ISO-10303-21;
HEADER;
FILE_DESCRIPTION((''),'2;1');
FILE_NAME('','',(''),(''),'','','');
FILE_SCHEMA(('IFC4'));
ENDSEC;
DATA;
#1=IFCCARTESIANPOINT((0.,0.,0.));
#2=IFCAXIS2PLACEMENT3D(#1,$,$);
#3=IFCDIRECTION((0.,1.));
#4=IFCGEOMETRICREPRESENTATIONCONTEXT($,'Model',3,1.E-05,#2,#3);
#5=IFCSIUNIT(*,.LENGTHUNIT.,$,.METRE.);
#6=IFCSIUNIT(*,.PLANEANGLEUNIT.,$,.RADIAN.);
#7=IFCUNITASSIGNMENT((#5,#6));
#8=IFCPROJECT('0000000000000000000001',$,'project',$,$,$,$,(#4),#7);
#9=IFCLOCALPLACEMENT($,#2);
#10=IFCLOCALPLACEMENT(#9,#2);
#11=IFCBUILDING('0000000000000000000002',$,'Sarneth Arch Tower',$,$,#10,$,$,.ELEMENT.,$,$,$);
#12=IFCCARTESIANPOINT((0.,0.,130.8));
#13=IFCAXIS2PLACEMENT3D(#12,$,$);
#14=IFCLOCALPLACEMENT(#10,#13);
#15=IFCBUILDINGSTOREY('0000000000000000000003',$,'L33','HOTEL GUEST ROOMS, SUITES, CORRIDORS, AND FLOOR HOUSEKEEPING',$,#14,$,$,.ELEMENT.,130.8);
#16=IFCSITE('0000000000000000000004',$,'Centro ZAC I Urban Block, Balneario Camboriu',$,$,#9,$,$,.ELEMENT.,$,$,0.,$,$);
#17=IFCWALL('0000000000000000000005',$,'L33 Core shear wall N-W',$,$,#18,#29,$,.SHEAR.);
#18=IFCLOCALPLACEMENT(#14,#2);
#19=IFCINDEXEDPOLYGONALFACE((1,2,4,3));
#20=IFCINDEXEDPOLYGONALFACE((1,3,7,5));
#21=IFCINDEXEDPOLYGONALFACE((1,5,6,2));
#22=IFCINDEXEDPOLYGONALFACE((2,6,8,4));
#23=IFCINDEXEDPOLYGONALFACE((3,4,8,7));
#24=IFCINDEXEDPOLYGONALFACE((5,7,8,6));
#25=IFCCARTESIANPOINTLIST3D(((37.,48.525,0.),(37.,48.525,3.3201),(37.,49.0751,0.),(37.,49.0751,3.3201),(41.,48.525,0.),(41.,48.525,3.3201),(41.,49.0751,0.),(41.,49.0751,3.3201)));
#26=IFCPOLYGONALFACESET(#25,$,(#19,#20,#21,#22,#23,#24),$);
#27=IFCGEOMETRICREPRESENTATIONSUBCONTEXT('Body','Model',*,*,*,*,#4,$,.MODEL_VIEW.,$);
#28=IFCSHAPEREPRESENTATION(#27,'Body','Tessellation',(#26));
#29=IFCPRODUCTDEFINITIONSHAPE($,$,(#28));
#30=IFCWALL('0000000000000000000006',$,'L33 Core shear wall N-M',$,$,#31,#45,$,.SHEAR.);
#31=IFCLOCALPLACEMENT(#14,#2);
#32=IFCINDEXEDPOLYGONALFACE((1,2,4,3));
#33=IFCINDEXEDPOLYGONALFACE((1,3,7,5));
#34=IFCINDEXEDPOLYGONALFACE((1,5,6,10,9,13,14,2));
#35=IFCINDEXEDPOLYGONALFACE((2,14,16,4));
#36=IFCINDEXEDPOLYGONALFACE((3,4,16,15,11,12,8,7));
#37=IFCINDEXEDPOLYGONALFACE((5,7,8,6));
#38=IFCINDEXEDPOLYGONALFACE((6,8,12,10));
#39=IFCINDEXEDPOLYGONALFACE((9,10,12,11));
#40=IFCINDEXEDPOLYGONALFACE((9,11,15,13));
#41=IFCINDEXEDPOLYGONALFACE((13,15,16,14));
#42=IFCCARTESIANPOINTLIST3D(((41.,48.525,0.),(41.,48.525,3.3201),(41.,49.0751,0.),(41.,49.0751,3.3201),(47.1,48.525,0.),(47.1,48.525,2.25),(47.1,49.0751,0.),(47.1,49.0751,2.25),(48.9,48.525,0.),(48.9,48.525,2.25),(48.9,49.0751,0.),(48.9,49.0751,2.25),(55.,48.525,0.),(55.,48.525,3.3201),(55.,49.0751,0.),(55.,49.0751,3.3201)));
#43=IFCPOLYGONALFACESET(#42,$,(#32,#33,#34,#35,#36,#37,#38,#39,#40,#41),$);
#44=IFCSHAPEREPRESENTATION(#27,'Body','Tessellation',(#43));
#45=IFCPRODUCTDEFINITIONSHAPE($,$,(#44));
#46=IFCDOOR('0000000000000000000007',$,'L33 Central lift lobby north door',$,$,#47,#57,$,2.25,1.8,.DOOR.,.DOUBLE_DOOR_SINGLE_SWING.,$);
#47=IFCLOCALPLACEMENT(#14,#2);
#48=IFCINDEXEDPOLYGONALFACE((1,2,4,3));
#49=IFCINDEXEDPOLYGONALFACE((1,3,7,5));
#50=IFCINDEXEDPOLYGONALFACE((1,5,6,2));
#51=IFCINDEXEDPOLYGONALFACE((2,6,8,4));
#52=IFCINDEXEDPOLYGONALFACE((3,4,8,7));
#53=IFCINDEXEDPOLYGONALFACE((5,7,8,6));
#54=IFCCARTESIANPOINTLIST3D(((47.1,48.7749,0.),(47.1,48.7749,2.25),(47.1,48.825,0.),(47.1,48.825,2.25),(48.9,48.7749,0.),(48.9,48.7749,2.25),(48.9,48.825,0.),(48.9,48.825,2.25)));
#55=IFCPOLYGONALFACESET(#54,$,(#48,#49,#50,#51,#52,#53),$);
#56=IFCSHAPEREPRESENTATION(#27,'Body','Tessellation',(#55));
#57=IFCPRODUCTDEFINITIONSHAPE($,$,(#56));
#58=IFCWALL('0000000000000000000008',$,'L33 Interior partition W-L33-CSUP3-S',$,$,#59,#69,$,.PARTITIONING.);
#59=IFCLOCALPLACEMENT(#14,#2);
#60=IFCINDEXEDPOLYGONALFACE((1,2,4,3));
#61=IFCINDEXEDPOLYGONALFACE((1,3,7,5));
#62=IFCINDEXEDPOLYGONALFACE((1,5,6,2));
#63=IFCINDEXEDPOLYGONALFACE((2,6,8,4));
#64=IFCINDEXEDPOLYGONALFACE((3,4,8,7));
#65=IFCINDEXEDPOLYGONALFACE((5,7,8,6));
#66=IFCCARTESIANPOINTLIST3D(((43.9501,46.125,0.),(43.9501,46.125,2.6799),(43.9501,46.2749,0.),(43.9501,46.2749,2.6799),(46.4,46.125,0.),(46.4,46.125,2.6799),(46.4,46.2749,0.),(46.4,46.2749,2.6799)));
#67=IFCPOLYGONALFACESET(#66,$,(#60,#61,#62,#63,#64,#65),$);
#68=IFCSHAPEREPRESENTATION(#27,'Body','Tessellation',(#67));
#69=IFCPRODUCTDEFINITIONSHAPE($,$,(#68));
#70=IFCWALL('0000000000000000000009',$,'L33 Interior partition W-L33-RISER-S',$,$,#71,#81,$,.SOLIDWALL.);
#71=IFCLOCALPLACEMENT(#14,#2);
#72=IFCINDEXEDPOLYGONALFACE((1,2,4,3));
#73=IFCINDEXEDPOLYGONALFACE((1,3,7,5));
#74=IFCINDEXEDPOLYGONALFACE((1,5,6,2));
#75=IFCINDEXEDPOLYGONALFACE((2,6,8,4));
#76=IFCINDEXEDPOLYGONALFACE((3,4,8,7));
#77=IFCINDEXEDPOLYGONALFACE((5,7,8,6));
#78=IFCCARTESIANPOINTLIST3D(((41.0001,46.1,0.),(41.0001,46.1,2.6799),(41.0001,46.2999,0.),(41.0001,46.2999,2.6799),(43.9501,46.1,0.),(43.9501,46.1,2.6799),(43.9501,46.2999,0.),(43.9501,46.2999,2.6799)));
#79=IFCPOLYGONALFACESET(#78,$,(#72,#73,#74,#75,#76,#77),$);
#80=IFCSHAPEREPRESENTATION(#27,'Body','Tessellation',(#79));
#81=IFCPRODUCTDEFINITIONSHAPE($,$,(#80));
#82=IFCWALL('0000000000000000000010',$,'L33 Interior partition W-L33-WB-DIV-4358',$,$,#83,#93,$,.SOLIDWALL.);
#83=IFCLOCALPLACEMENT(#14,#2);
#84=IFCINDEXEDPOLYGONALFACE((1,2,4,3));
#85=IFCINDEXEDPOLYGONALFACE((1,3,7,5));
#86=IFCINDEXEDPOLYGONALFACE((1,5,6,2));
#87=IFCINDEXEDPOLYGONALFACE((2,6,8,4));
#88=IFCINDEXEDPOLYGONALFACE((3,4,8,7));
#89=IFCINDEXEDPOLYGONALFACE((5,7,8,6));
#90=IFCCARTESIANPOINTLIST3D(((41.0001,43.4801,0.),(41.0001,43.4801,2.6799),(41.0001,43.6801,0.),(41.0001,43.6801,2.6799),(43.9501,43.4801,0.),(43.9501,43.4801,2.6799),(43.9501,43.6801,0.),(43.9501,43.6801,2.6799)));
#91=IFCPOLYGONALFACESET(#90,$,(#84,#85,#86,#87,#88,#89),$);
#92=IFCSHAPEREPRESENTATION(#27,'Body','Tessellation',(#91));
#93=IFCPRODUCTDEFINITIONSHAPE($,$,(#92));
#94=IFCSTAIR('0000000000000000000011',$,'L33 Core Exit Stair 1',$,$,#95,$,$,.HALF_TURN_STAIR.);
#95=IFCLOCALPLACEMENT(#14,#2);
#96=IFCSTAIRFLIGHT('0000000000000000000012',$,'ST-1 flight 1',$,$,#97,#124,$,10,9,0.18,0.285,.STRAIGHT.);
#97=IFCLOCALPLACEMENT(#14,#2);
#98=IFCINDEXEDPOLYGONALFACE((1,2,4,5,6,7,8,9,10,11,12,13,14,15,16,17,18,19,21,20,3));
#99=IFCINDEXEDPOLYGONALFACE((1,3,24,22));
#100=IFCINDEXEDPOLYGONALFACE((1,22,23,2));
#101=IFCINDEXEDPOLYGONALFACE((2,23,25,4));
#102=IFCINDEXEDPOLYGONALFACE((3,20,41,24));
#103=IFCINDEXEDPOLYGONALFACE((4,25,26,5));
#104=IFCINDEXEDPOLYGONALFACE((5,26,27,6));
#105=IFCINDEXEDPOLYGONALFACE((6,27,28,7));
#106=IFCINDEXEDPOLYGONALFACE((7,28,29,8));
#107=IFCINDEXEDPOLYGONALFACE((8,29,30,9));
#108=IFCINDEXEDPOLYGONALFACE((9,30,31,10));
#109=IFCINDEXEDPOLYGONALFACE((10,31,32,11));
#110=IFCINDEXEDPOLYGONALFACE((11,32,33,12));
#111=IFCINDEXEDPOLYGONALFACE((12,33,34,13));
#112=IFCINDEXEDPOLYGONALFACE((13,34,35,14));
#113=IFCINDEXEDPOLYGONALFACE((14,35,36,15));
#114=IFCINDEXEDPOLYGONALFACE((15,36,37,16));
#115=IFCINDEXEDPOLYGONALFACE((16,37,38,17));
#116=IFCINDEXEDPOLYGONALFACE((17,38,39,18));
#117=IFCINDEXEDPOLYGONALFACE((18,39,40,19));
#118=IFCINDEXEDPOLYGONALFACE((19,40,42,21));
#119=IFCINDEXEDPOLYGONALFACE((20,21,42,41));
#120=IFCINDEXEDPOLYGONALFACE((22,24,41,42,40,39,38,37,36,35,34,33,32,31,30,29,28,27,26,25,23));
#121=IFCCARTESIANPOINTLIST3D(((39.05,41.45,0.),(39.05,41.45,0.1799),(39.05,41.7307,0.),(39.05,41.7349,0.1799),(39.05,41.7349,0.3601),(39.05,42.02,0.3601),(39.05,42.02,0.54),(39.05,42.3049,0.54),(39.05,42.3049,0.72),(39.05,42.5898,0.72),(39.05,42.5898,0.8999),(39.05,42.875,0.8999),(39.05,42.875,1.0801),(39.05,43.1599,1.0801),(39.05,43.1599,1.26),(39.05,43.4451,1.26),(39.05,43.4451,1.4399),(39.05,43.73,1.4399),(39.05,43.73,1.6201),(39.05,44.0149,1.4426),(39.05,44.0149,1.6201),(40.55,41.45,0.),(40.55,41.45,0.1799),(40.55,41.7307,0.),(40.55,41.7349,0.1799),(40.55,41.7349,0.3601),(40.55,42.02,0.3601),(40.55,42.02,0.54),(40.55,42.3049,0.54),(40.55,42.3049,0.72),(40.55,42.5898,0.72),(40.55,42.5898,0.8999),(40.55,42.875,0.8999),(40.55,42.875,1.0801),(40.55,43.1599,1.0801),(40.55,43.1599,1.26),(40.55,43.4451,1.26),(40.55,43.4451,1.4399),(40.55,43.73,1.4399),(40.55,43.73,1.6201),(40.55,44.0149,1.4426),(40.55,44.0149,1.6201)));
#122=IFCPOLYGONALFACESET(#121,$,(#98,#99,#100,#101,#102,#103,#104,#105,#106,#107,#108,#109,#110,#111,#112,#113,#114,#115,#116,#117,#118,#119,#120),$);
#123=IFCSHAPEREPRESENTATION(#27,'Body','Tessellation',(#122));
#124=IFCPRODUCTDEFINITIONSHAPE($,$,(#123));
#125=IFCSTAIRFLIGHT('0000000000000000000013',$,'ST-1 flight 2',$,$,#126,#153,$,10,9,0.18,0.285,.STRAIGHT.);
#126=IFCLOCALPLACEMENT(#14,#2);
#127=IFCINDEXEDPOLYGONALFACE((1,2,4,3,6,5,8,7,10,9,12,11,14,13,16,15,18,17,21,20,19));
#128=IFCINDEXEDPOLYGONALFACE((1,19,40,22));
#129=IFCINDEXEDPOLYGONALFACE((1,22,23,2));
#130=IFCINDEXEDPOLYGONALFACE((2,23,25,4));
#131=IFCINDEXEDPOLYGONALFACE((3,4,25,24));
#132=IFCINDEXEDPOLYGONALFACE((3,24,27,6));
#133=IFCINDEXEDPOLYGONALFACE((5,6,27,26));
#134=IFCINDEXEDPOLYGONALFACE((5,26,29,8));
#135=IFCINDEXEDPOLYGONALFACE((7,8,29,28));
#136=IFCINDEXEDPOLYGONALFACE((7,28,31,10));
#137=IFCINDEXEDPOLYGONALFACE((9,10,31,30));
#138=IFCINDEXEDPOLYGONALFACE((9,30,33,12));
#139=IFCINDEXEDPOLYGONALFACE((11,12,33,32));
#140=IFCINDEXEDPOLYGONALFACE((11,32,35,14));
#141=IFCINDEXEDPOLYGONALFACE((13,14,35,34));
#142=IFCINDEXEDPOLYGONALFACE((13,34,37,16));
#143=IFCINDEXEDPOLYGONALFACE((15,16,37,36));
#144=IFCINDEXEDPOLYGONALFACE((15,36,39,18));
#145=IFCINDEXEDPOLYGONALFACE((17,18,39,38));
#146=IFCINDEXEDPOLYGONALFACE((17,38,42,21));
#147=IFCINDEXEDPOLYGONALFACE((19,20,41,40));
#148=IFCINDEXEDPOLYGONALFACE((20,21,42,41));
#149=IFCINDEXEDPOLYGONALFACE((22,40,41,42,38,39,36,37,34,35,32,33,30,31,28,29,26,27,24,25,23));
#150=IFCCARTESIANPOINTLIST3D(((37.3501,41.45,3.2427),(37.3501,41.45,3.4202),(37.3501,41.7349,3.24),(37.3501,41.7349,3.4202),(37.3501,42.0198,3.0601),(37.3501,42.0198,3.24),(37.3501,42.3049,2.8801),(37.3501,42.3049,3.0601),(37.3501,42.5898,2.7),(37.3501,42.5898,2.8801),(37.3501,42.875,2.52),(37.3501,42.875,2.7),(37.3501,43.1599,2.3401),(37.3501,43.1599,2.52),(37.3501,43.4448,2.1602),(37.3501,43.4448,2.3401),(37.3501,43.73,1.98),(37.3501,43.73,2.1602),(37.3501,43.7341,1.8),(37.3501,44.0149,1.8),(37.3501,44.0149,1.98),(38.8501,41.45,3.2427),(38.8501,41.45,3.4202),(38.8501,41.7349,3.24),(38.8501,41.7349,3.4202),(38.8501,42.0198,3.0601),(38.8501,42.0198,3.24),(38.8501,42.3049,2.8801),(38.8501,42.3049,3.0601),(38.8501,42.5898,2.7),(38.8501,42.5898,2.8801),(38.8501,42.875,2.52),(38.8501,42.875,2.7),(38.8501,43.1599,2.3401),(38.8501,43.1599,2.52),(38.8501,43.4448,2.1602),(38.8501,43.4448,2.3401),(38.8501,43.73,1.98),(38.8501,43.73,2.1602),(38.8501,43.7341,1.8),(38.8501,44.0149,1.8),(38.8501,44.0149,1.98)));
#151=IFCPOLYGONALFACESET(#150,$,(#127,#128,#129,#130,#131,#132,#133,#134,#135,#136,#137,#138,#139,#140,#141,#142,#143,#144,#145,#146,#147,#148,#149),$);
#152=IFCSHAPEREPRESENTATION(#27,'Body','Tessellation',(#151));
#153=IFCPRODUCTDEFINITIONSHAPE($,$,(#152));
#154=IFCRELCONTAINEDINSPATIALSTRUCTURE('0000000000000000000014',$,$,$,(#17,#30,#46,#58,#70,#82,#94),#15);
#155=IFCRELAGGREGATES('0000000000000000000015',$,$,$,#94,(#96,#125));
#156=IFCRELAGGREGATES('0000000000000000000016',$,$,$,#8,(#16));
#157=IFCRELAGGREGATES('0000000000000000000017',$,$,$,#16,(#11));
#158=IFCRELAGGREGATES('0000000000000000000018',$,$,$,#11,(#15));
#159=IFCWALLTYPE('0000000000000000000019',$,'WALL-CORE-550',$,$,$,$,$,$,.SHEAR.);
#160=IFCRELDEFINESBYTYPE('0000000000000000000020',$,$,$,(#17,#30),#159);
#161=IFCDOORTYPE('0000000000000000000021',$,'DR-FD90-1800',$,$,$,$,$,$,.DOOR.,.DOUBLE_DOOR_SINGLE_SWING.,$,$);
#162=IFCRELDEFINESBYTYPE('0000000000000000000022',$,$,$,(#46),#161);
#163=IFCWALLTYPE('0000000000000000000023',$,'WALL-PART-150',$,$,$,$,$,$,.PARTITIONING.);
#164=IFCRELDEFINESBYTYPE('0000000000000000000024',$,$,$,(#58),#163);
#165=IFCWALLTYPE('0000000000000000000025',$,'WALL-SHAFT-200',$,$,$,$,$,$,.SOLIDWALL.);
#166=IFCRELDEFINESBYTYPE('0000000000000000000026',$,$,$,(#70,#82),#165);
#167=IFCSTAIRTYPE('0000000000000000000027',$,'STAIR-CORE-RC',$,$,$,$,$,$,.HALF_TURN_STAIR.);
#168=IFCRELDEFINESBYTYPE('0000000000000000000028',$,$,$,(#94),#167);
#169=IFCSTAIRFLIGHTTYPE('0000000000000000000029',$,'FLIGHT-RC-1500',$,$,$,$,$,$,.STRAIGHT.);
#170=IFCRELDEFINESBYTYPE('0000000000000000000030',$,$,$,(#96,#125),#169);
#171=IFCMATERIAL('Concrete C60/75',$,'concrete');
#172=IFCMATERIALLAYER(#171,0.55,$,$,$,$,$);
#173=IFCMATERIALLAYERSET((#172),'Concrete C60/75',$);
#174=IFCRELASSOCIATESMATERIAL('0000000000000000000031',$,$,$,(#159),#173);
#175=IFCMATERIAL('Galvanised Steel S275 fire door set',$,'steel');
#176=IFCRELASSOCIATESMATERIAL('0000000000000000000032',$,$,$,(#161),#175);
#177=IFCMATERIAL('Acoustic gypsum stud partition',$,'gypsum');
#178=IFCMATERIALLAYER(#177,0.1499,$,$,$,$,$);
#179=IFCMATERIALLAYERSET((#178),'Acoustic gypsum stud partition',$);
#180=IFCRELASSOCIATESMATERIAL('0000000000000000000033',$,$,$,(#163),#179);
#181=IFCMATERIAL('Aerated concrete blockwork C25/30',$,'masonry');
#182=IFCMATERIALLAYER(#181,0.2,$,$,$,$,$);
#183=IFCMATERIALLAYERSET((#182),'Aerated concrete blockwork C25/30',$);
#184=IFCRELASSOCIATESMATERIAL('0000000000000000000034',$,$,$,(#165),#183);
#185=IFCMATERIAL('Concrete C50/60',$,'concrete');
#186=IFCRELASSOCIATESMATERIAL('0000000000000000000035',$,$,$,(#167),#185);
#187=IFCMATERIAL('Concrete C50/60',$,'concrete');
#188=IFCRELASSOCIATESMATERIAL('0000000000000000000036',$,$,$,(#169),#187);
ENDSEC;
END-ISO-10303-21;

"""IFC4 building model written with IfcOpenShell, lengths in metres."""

from ifc_helpers import new_model, si_unit, direction, frame, frame_2d, origin, place, context, subcontext, project, spatial, polyline, rectangle, outline, extrude, material, layer, layer_set, type_object, element, fill, aggregate, save


model = new_model("IFC4")

# Units and contexts
model_context = context("Model", 3, precision=1e-05, world=origin(), true_north=direction((0.0, 1.0)))
body_context = subcontext(model_context, "Body", "Model", "MODEL_VIEW")
ifc_project = project(units=[si_unit("LENGTHUNIT", "METRE"), si_unit("PLANEANGLEUNIT", "RADIAN")], contexts=[model_context])

# Site, building, storey
site_placement = place(None, origin())
site = spatial("IfcSite", under=ifc_project, at=site_placement, Name="Centro ZAC I Urban Block, Balneario Camboriu", CompositionType="ELEMENT", RefElevation=0.0)
building_placement = place(site_placement, origin())
building = spatial("IfcBuilding", under=site, at=building_placement, Name="Sarneth Arch Tower", CompositionType="ELEMENT")
storey_placement = place(building_placement, frame((0.0, 0.0, 130.8)))
storey = spatial("IfcBuildingStorey", under=building, at=storey_placement, Name="L33", Description="HOTEL GUEST ROOMS, SUITES, CORRIDORS, AND FLOOR HOUSEKEEPING", CompositionType="ELEMENT", Elevation=130.8)

# Wall
ifc_material_1 = material(Name="Concrete C60/75", Category="concrete")
ifc_layer_1 = layer(ifc_material_1, 0.55)
ifc_layer_set_1 = layer_set([ifc_layer_1], Name="Concrete C60/75")
wall_type_1 = type_object("IfcWallType", Name="WALL-CORE-550", PredefinedType="SHEAR", material=ifc_layer_set_1)
wall_1_placement = place(storey_placement, frame((37.0, 48.8, 0.0), z_axis=(0.0, 0.0, 1.0), x_axis=(1.0, 0.0, 0.0)))
element("IfcWall", 1, at=wall_1_placement, inside=storey, type_object=wall_type_1, Name="L33 Core shear wall N-W", PredefinedType="SHEAR", context=body_context, shape_type="SweptSolid", body=[
    extrude(rectangle(XDim=4.0, YDim=0.55, at=frame_2d((2.0, 0.0))), origin(), (0.0, 0.0, 1.0), 3.3201),
])

# Wall, opening, door
wall_2_placement = place(storey_placement, frame((41.0, 48.8, 0.0), z_axis=(0.0, 0.0, 1.0), x_axis=(1.0, 0.0, 0.0)))
wall_2 = element("IfcWall", 2, at=wall_2_placement, inside=storey, type_object=wall_type_1, Name="L33 Core shear wall N-M", PredefinedType="SHEAR", context=body_context, shape_type="SweptSolid", body=[
    extrude(rectangle(XDim=14.0, YDim=0.55, at=frame_2d((7.0, 0.0))), origin(), (0.0, 0.0, 1.0), 3.3201),
])
opening_1_placement = place(wall_2_placement, frame((6.1001, 0.0, 0.0)))
opening_1 = element("IfcOpeningElement", 3, at=opening_1_placement, cuts=wall_2, PredefinedType="OPENING", context=body_context, shape_type="SweptSolid", body=[
    extrude(rectangle(XDim=1.8, YDim=2.25, at=frame_2d((0.8999, 1.125))), frame((0.0, 0.2849, 0.0), z_axis=(0.0, -1.0, 0.0), x_axis=(1.0, 0.0, 0.0)), (0.0, 0.0, 1.0), 0.5701),
])
ifc_material_2 = material(Name="Galvanised Steel S275 fire door set", Category="steel")
door_type_1 = type_object("IfcDoorType", Name="DR-FD90-1800", OperationType="DOUBLE_DOOR_SINGLE_SWING", PredefinedType="DOOR", material=ifc_material_2)
door_1_placement = place(opening_1_placement, origin())
door_1 = element("IfcDoor", 4, at=door_1_placement, inside=storey, type_object=door_type_1, Name="L33 Central lift lobby north door", OperationType="DOUBLE_DOOR_SINGLE_SWING", OverallHeight=2.25, OverallWidth=1.8, PredefinedType="DOOR", context=body_context, shape_type="SweptSolid", body=[
    extrude(rectangle(XDim=1.8, YDim=2.25, at=frame_2d((0.8999, 1.125))), frame((0.0, 0.0249, 0.0), z_axis=(0.0, -1.0, 0.0), x_axis=(1.0, 0.0, 0.0)), (0.0, 0.0, 1.0), 0.05),
])
fill(opening_1, door_1)

# Wall
ifc_material_3 = material(Name="Acoustic gypsum stud partition", Category="gypsum")
ifc_layer_2 = layer(ifc_material_3, 0.1499)
ifc_layer_set_2 = layer_set([ifc_layer_2], Name="Acoustic gypsum stud partition")
wall_type_2 = type_object("IfcWallType", Name="WALL-PART-150", PredefinedType="PARTITIONING", material=ifc_layer_set_2)
wall_3_placement = place(storey_placement, frame((43.95, 46.2, 0.0), z_axis=(0.0, 0.0, 1.0), x_axis=(1.0, 0.0, 0.0)))
element("IfcWall", 5, at=wall_3_placement, inside=storey, type_object=wall_type_2, Name="L33 Interior partition W-L33-CSUP3-S", PredefinedType="PARTITIONING", context=body_context, shape_type="SweptSolid", body=[
    extrude(rectangle(XDim=2.45, YDim=0.1499, at=frame_2d((1.2251, 0.0))), origin(), (0.0, 0.0, 1.0), 2.6799),
])

# Wall
ifc_material_4 = material(Name="Aerated concrete blockwork C25/30", Category="masonry")
ifc_layer_3 = layer(ifc_material_4, 0.2)
ifc_layer_set_3 = layer_set([ifc_layer_3], Name="Aerated concrete blockwork C25/30")
wall_type_3 = type_object("IfcWallType", Name="WALL-SHAFT-200", PredefinedType="SOLIDWALL", material=ifc_layer_set_3)
wall_4_placement = place(storey_placement, frame((41.0, 46.2, 0.0), z_axis=(0.0, 0.0, 1.0), x_axis=(1.0, 0.0, 0.0)))
element("IfcWall", 6, at=wall_4_placement, inside=storey, type_object=wall_type_3, Name="L33 Interior partition W-L33-RISER-S", PredefinedType="SOLIDWALL", context=body_context, shape_type="SweptSolid", body=[
    extrude(rectangle(XDim=2.95, YDim=0.2, at=frame_2d((1.4751, 0.0))), origin(), (0.0, 0.0, 1.0), 2.6799),
])

# Wall
wall_5_placement = place(storey_placement, frame((41.0, 43.5801, 0.0), z_axis=(0.0, 0.0, 1.0), x_axis=(1.0, 0.0, 0.0)))
element("IfcWall", 7, at=wall_5_placement, inside=storey, type_object=wall_type_3, Name="L33 Interior partition W-L33-WB-DIV-4358", PredefinedType="SOLIDWALL", context=body_context, shape_type="SweptSolid", body=[
    extrude(rectangle(XDim=2.95, YDim=0.2, at=frame_2d((1.4751, 0.0))), origin(), (0.0, 0.0, 1.0), 2.6799),
])

# Stair, stair flights
ifc_material_5 = material(Name="Concrete C50/60", Category="concrete")
stair_type = type_object("IfcStairType", Name="STAIR-CORE-RC", PredefinedType="HALF_TURN_STAIR", material=ifc_material_5)
stair_placement = place(storey_placement, origin())
stair = element("IfcStair", 8, at=stair_placement, inside=storey, type_object=stair_type, Name="L33 Core Exit Stair 1", PredefinedType="HALF_TURN_STAIR")
ifc_material_6 = material(Name="Concrete C50/60", Category="concrete")
stair_flight_type = type_object("IfcStairFlightType", Name="FLIGHT-RC-1500", PredefinedType="STRAIGHT", material=ifc_material_6)
stair_flight_1_placement = place(storey_placement, frame((39.8, 41.45, 0.0), z_axis=(0.0, 0.0, 1.0), x_axis=(0.0, 1.0, 0.0)))
stair_flight_1 = element("IfcStairFlight", 9, at=stair_flight_1_placement, type_object=stair_flight_type, Name="ST-1 flight 1", NumberOfRisers=10, NumberOfTreads=9, PredefinedType="STRAIGHT", RiserHeight=0.18, TreadLength=0.285, context=body_context, shape_type="SweptSolid", body=[
    extrude(outline(polyline([(0.0, 0.0), (0.0, 0.1799), (0.2849, 0.1799), (0.2849, 0.3601), (0.5701, 0.3601), (0.5701, 0.54), (0.855, 0.54), (0.855, 0.72), (1.1399, 0.72), (1.1399, 0.8999), (1.425, 0.8999), (1.425, 1.0801), (1.71, 1.0801), (1.71, 1.26), (1.9951, 1.26), (1.9951, 1.4399), (2.28, 1.4399), (2.28, 1.6201), (2.5649, 1.6201), (2.5649, 1.8), (2.5649, 1.4426), (0.2808, 0.0), (0.0, 0.0)])), frame((0.0, 0.75, 0.0), z_axis=(0.0, -1.0, 0.0), x_axis=(1.0, 0.0, 0.0)), (0.0, 0.0, 1.0), 1.5),
])
stair_flight_2_placement = place(storey_placement, frame((38.1001, 44.0149, 1.8), z_axis=(0.0, 0.0, 1.0), x_axis=(0.0, -1.0, 0.0)))
stair_flight_2 = element("IfcStairFlight", 10, at=stair_flight_2_placement, type_object=stair_flight_type, Name="ST-1 flight 2", NumberOfRisers=10, NumberOfTreads=9, PredefinedType="STRAIGHT", RiserHeight=0.18, TreadLength=0.285, context=body_context, shape_type="SweptSolid", body=[
    extrude(outline(polyline([(0.0, 0.0), (0.0, 0.1799), (0.2849, 0.1799), (0.2849, 0.3601), (0.5701, 0.3601), (0.5701, 0.54), (0.855, 0.54), (0.855, 0.72), (1.1399, 0.72), (1.1399, 0.8999), (1.425, 0.8999), (1.425, 1.0801), (1.71, 1.0801), (1.71, 1.26), (1.9951, 1.26), (1.9951, 1.4399), (2.28, 1.4399), (2.28, 1.6201), (2.5649, 1.6201), (2.5649, 1.8), (2.5649, 1.4426), (0.2808, 0.0), (0.0, 0.0)])), frame((0.0, 0.75, 0.0), z_axis=(0.0, -1.0, 0.0), x_axis=(1.0, 0.0, 0.0)), (0.0, 0.0, 1.0), 1.5),
])
aggregate(stair, [stair_flight_1, stair_flight_2])

save(model, "model.ifc")
